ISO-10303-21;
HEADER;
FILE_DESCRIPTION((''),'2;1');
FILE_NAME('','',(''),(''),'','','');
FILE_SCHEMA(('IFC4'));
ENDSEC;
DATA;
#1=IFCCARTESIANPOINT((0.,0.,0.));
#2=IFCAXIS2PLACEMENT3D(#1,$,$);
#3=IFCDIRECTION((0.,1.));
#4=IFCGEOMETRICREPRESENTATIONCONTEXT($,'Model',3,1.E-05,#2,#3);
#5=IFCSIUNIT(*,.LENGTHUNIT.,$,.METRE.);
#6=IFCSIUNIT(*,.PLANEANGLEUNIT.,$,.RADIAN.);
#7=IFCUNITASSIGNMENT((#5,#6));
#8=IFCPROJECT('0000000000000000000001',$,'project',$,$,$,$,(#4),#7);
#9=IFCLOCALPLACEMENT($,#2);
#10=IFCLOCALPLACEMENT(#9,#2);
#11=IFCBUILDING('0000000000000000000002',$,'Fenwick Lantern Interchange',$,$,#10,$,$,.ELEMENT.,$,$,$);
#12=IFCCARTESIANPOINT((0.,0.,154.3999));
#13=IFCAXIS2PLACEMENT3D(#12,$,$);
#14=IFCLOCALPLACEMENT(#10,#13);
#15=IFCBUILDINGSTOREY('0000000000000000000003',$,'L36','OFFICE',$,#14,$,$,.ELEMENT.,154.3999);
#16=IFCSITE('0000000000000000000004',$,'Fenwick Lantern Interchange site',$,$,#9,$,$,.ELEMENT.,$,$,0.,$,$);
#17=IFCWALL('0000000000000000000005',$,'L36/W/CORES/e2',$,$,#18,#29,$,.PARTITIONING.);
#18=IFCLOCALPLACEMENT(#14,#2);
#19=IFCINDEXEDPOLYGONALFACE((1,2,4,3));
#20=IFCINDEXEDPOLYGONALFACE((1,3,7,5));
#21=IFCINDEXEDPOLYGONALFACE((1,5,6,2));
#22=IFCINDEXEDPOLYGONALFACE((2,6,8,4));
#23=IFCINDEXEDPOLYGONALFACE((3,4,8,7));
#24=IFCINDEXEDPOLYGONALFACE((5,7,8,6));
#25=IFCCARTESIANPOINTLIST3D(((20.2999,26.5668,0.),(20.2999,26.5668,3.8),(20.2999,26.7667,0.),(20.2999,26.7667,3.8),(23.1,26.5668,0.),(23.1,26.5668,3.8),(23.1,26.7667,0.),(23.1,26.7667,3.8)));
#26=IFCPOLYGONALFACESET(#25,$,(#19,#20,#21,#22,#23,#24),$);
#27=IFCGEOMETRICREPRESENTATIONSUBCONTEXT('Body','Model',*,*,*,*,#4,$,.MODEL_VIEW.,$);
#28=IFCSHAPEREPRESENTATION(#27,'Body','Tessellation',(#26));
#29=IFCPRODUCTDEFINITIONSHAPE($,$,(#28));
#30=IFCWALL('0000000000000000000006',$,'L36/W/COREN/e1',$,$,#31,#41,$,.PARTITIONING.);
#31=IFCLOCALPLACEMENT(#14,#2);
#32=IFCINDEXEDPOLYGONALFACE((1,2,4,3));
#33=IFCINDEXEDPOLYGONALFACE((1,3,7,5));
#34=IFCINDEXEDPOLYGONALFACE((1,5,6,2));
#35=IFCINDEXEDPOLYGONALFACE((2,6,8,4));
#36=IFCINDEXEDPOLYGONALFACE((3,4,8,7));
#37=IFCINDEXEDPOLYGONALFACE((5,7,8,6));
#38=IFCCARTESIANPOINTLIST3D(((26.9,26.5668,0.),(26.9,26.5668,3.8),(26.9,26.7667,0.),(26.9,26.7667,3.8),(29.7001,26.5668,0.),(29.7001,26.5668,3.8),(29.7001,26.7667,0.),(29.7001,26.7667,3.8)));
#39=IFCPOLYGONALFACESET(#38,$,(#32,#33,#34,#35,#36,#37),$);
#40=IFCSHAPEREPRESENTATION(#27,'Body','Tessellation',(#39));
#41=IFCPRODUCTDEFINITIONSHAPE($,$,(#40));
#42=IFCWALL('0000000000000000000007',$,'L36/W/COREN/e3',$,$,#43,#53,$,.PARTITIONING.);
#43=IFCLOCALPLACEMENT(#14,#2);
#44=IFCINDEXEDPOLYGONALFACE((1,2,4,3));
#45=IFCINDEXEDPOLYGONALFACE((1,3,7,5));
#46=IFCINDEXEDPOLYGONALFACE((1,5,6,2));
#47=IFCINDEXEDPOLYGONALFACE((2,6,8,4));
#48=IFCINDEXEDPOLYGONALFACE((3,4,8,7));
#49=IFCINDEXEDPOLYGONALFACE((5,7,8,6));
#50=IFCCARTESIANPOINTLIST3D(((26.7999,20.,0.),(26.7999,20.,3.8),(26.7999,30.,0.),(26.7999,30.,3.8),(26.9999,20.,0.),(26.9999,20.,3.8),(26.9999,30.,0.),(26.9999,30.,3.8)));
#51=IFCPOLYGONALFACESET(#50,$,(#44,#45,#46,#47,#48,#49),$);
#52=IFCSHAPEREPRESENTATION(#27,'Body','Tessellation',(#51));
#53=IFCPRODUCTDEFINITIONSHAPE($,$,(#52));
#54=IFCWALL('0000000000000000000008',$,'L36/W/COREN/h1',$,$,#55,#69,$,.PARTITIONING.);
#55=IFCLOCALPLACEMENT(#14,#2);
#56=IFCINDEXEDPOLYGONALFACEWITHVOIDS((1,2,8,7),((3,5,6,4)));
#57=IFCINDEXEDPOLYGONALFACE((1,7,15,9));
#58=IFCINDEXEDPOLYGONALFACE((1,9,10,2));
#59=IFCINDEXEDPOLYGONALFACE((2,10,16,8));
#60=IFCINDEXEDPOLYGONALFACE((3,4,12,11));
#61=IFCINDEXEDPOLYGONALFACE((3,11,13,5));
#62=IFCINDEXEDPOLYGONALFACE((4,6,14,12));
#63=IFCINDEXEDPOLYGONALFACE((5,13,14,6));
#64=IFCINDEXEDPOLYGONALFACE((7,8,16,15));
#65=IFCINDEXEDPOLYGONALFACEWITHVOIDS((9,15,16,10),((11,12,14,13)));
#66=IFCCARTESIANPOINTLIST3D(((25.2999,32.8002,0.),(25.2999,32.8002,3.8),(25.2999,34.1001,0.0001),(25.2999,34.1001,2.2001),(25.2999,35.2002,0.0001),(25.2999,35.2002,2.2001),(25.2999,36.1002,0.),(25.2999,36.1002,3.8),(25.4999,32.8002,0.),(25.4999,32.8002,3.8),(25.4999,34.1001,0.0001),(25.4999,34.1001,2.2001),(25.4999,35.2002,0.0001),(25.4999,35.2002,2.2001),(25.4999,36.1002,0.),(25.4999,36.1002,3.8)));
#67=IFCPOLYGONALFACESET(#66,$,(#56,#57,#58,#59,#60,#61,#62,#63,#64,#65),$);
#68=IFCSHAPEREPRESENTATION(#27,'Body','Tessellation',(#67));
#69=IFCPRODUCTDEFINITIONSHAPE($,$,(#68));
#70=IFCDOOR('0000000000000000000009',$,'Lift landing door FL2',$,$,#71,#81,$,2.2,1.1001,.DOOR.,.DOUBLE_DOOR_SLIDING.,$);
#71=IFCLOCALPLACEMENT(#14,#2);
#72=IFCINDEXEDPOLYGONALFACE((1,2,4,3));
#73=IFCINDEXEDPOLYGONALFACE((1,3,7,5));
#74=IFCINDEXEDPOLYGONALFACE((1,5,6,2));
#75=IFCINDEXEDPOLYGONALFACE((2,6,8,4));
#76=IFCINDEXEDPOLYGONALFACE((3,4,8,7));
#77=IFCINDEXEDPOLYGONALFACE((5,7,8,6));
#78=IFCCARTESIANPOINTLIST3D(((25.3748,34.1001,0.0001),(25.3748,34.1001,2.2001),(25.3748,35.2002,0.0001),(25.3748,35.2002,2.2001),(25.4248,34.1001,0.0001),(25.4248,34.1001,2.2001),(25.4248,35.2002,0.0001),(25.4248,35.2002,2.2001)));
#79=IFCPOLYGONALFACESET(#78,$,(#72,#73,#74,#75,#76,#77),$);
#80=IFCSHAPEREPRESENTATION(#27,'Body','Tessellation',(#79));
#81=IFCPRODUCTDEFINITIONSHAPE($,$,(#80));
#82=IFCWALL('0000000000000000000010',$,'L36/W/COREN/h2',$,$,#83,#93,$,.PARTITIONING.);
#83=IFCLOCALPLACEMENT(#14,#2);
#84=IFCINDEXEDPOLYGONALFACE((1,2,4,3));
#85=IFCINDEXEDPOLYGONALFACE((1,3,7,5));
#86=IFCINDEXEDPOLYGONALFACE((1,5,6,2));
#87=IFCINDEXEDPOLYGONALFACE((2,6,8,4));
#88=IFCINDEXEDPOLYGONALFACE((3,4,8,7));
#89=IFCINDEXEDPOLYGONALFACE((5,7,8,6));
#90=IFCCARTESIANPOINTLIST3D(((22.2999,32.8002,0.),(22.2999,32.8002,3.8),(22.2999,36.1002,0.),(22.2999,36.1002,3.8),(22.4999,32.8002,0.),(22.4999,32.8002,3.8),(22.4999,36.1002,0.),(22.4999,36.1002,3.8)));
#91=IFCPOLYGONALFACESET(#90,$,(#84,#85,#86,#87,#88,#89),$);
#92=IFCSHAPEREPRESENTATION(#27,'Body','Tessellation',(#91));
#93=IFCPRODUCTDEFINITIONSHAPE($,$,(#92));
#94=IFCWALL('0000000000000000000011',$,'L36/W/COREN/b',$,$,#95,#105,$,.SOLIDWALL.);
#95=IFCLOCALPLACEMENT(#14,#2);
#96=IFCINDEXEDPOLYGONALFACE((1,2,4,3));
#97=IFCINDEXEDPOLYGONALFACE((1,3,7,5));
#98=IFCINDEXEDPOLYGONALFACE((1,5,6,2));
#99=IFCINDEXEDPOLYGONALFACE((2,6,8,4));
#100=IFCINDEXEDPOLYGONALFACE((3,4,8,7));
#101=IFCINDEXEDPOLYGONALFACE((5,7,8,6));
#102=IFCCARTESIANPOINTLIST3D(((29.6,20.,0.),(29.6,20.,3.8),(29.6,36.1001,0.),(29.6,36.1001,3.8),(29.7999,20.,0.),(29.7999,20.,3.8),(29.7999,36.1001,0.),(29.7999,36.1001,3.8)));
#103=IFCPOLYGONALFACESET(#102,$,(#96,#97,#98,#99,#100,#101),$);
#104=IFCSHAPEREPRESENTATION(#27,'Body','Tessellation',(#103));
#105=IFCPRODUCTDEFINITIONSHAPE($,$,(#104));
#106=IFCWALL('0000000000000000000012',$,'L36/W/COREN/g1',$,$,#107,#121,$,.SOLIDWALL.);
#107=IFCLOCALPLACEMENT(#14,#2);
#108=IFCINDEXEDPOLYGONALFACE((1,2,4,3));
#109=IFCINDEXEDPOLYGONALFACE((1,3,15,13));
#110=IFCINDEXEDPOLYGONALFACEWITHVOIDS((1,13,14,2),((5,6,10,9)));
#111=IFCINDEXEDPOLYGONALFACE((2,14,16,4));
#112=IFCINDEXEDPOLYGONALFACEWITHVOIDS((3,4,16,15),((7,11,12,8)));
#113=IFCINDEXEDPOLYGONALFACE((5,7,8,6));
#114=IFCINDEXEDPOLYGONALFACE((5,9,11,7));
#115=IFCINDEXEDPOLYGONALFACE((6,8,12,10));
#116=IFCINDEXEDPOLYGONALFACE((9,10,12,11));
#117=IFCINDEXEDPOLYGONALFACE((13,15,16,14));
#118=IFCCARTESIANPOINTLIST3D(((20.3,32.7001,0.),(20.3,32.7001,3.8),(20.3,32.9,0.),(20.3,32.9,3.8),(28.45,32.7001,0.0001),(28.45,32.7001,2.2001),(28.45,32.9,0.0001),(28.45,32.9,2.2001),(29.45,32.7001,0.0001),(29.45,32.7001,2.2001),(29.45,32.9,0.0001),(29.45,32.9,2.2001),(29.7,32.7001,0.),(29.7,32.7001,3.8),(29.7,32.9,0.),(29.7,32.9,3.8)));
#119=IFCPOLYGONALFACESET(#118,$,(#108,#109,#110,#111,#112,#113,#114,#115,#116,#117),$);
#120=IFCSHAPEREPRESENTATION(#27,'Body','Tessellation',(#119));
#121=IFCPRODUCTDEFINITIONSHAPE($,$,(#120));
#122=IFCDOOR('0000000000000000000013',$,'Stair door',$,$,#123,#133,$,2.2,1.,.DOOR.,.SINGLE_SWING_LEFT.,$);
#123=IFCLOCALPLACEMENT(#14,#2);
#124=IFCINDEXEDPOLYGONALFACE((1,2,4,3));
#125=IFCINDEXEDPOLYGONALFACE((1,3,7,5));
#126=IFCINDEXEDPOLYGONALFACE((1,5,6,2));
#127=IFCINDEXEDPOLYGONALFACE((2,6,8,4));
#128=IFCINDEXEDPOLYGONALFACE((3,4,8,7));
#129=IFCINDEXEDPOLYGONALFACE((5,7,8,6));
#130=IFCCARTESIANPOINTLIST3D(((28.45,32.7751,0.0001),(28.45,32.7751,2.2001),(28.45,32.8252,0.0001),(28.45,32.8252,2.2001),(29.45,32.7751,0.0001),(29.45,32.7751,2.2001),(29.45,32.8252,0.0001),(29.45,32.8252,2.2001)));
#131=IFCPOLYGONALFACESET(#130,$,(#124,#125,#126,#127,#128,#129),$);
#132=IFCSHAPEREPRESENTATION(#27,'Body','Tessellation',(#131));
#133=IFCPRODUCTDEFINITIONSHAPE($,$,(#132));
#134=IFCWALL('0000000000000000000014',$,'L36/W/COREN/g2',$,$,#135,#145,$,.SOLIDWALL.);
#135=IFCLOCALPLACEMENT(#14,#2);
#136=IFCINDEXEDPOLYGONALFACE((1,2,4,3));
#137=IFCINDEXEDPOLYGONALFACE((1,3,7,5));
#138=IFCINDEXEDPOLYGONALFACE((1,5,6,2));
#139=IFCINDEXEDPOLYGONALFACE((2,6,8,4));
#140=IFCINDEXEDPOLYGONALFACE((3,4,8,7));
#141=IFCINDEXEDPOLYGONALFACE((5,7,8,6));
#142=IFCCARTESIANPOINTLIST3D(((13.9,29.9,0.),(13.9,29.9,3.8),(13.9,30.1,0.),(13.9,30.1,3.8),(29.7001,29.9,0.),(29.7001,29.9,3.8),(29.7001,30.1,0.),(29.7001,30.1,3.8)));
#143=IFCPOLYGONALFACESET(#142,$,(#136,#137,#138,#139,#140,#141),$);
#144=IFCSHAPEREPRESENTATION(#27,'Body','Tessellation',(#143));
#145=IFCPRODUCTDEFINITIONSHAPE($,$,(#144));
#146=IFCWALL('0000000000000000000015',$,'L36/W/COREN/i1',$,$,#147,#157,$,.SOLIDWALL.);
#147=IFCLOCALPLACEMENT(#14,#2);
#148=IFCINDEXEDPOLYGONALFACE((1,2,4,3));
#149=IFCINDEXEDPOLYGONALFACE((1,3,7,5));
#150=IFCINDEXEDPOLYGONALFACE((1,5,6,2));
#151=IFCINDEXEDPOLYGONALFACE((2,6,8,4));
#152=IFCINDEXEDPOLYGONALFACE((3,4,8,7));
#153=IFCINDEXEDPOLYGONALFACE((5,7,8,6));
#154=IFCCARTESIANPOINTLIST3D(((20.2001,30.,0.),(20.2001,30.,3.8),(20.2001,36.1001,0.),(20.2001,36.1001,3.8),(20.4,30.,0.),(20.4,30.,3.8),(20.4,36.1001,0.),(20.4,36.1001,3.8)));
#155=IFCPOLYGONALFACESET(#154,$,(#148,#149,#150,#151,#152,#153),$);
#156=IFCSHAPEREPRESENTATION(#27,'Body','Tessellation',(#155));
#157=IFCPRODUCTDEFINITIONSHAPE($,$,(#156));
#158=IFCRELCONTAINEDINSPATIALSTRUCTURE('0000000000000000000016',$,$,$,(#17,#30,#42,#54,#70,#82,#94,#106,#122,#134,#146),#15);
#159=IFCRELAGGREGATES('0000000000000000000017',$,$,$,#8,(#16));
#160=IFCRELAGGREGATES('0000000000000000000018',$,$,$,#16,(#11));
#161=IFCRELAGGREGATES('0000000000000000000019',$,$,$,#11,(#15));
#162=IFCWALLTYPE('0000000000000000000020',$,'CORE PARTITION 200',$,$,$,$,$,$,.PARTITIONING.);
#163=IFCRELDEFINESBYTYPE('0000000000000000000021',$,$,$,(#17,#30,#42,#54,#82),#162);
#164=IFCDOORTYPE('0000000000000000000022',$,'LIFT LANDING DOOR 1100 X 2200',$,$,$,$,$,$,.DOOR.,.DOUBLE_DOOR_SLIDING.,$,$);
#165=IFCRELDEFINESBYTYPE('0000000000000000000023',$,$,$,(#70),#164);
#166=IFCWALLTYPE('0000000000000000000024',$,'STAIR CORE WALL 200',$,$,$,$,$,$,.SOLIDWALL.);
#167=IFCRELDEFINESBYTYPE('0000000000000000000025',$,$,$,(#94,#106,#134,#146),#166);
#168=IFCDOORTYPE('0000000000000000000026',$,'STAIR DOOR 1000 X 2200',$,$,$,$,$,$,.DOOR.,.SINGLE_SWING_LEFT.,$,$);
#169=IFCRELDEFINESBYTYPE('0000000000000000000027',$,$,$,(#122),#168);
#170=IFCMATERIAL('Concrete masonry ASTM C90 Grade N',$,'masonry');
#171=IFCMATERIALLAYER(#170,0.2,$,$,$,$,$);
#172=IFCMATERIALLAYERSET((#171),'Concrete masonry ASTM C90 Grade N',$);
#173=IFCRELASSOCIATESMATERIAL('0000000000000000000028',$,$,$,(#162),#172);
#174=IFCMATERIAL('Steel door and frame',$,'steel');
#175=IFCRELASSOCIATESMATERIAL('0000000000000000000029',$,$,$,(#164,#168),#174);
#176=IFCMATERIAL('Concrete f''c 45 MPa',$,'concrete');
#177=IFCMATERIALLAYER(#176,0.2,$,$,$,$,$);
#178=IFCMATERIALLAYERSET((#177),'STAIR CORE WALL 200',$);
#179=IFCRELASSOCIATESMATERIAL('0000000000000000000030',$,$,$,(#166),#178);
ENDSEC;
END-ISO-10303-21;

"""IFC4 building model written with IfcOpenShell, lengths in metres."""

from ifc_helpers import new_model, si_unit, direction, frame, frame_2d, origin, place, context, subcontext, project, spatial, rectangle, extrude, material, layer, layer_set, type_object, element, fill, save


model = new_model("IFC4")

# Units and contexts
model_context = context("Model", 3, precision=1e-05, world=origin(), true_north=direction((0.0, 1.0)))
body_context = subcontext(model_context, "Body", "Model", "MODEL_VIEW")
ifc_project = project(units=[si_unit("LENGTHUNIT", "METRE"), si_unit("PLANEANGLEUNIT", "RADIAN")], contexts=[model_context])

# Site, building, storey
site_placement = place(None, origin())
site = spatial("IfcSite", under=ifc_project, at=site_placement, Name="Fenwick Lantern Interchange site", CompositionType="ELEMENT", RefElevation=0.0)
building_placement = place(site_placement, origin())
building = spatial("IfcBuilding", under=site, at=building_placement, Name="Fenwick Lantern Interchange", CompositionType="ELEMENT")
storey_placement = place(building_placement, frame((0.0, 0.0, 154.3999)))
storey = spatial("IfcBuildingStorey", under=building, at=storey_placement, Name="L36", Description="OFFICE", CompositionType="ELEMENT", Elevation=154.3999)

# Walls
ifc_material_1 = material(Name="Concrete masonry ASTM C90 Grade N", Category="masonry")
ifc_layer_1 = layer(ifc_material_1, 0.2)
ifc_layer_set_1 = layer_set([ifc_layer_1], Name="Concrete masonry ASTM C90 Grade N")
wall_type_1 = type_object("IfcWallType", Name="CORE PARTITION 200", PredefinedType="PARTITIONING", material=ifc_layer_set_1)
for number, where, z_axis, x_axis, name in (
    (1, (20.3, 26.6667, 0.0), (0.0, 0.0, 1.0), (1.0, 0.0, 0.0), "L36/W/CORES/e2"),
    (2, (29.7, 26.6667, 0.0), (0.0, 0.0, 1.0), (-1.0, 0.0, 0.0), "L36/W/COREN/e1"),
):
    element("IfcWall", number, at=place(storey_placement, frame(where, z_axis=z_axis, x_axis=x_axis)), inside=storey, type_object=wall_type_1, Name=name, PredefinedType="PARTITIONING", context=body_context, shape_type="SweptSolid", body=[
        extrude(rectangle(XDim=2.8, YDim=0.2, at=frame_2d((1.3999, 0.0))), origin(), (0.0, 0.0, 1.0), 3.8),
    ])
wall_1_placement = place(storey_placement, frame((26.8999, 30.0, 0.0), z_axis=(0.0, 0.0, 1.0), x_axis=(0.0, -1.0, 0.0)))
element("IfcWall", 3, at=wall_1_placement, inside=storey, type_object=wall_type_1, Name="L36/W/COREN/e3", PredefinedType="PARTITIONING", context=body_context, shape_type="SweptSolid", body=[
    extrude(rectangle(XDim=10.0, YDim=0.2, at=frame_2d((5.0, 0.0))), origin(), (0.0, 0.0, 1.0), 3.8),
])

# Wall, opening, door
wall_2_placement = place(storey_placement, frame((25.3999, 36.1001, 0.0), z_axis=(0.0, 0.0, 1.0), x_axis=(0.0, -1.0, 0.0)))
wall_2 = element("IfcWall", 4, at=wall_2_placement, inside=storey, type_object=wall_type_1, Name="L36/W/COREN/h1", PredefinedType="PARTITIONING", context=body_context, shape_type="SweptSolid", body=[
    extrude(rectangle(XDim=3.3, YDim=0.2, at=frame_2d((1.6499, 0.0))), origin(), (0.0, 0.0, 1.0), 3.8),
])
opening_1_placement = place(wall_2_placement, frame((0.8999, 0.0, 0.0)))
opening_1 = element("IfcOpeningElement", 5, at=opening_1_placement, cuts=wall_2, PredefinedType="OPENING", context=body_context, shape_type="SweptSolid", body=[
    extrude(rectangle(XDim=1.1001, YDim=2.2, at=frame_2d((0.55, 1.1001))), frame((0.0, 0.1099, 0.0), z_axis=(0.0, -1.0, 0.0), x_axis=(1.0, 0.0, 0.0)), (0.0, 0.0, 1.0), 0.22),
])
ifc_material_2 = material(Name="Steel door and frame", Category="steel")
door_type_1 = type_object("IfcDoorType", Name="LIFT LANDING DOOR 1100 X 2200", OperationType="DOUBLE_DOOR_SLIDING", PredefinedType="DOOR", material=ifc_material_2)
door_1_placement = place(opening_1_placement, origin())
door_1 = element("IfcDoor", 6, at=door_1_placement, inside=storey, type_object=door_type_1, Name="Lift landing door FL2", OperationType="DOUBLE_DOOR_SLIDING", OverallHeight=2.2, OverallWidth=1.1001, PredefinedType="DOOR", context=body_context, shape_type="SweptSolid", body=[
    extrude(rectangle(XDim=1.1001, YDim=2.2, at=frame_2d((0.55, 1.1001))), frame((0.0, 0.0249, 0.0), z_axis=(0.0, -1.0, 0.0), x_axis=(1.0, 0.0, 0.0)), (0.0, 0.0, 1.0), 0.05),
])
fill(opening_1, door_1)

# Walls
wall_3_placement = place(storey_placement, frame((22.3999, 36.1001, 0.0), z_axis=(0.0, 0.0, 1.0), x_axis=(0.0, -1.0, 0.0)))
element("IfcWall", 7, at=wall_3_placement, inside=storey, type_object=wall_type_1, Name="L36/W/COREN/h2", PredefinedType="PARTITIONING", context=body_context, shape_type="SweptSolid", body=[
    extrude(rectangle(XDim=3.3, YDim=0.2, at=frame_2d((1.6499, 0.0))), origin(), (0.0, 0.0, 1.0), 3.8),
])
ifc_material_3 = material(Name="Concrete f'c 45 MPa", Category="concrete")
ifc_layer_2 = layer(ifc_material_3, 0.2)
ifc_layer_set_2 = layer_set([ifc_layer_2], Name="STAIR CORE WALL 200")
wall_type_2 = type_object("IfcWallType", Name="STAIR CORE WALL 200", PredefinedType="SOLIDWALL", material=ifc_layer_set_2)
wall_4_placement = place(storey_placement, frame((29.7, 36.1001, 0.0), z_axis=(0.0, 0.0, 1.0), x_axis=(0.0, -1.0, 0.0)))
element("IfcWall", 8, at=wall_4_placement, inside=storey, type_object=wall_type_2, Name="L36/W/COREN/b", PredefinedType="SOLIDWALL", context=body_context, shape_type="SweptSolid", body=[
    extrude(rectangle(XDim=16.1001, YDim=0.2, at=frame_2d((8.05, 0.0))), origin(), (0.0, 0.0, 1.0), 3.8),
])

# Wall, opening, door
wall_5_placement = place(storey_placement, frame((29.7, 32.8, 0.0), z_axis=(0.0, 0.0, 1.0), x_axis=(-1.0, 0.0, 0.0)))
wall_5 = element("IfcWall", 9, at=wall_5_placement, inside=storey, type_object=wall_type_2, Name="L36/W/COREN/g1", PredefinedType="SOLIDWALL", context=body_context, shape_type="SweptSolid", body=[
    extrude(rectangle(XDim=9.3999, YDim=0.2, at=frame_2d((4.7, 0.0))), origin(), (0.0, 0.0, 1.0), 3.8),
])
opening_2_placement = place(wall_5_placement, frame((0.25, 0.0, 0.0)))
opening_2 = element("IfcOpeningElement", 10, at=opening_2_placement, cuts=wall_5, PredefinedType="OPENING", context=body_context, shape_type="SweptSolid", body=[
    extrude(rectangle(XDim=1.0, YDim=2.2, at=frame_2d((0.5, 1.1001))), frame((0.0, 0.1099, 0.0), z_axis=(0.0, -1.0, 0.0), x_axis=(1.0, 0.0, 0.0)), (0.0, 0.0, 1.0), 0.22),
])
door_type_2 = type_object("IfcDoorType", Name="STAIR DOOR 1000 X 2200", OperationType="SINGLE_SWING_LEFT", PredefinedType="DOOR", material=ifc_material_2)
door_2_placement = place(opening_2_placement, origin())
door_2 = element("IfcDoor", 11, at=door_2_placement, inside=storey, type_object=door_type_2, Name="Stair door", OperationType="SINGLE_SWING_LEFT", OverallHeight=2.2, OverallWidth=1.0, PredefinedType="DOOR", context=body_context, shape_type="SweptSolid", body=[
    extrude(rectangle(XDim=1.0, YDim=2.2, at=frame_2d((0.5, 1.1001))), frame((0.0, 0.0249, 0.0), z_axis=(0.0, -1.0, 0.0), x_axis=(1.0, 0.0, 0.0)), (0.0, 0.0, 1.0), 0.05),
])
fill(opening_2, door_2)

# Walls
wall_6_placement = place(storey_placement, frame((29.7, 30.0, 0.0), z_axis=(0.0, 0.0, 1.0), x_axis=(-1.0, 0.0, 0.0)))
element("IfcWall", 12, at=wall_6_placement, inside=storey, type_object=wall_type_2, Name="L36/W/COREN/g2", PredefinedType="SOLIDWALL", context=body_context, shape_type="SweptSolid", body=[
    extrude(rectangle(XDim=15.8, YDim=0.2, at=frame_2d((7.8999, 0.0))), origin(), (0.0, 0.0, 1.0), 3.8),
])
wall_7_placement = place(storey_placement, frame((20.3, 36.1001, 0.0), z_axis=(0.0, 0.0, 1.0), x_axis=(0.0, -1.0, 0.0)))
element("IfcWall", 13, at=wall_7_placement, inside=storey, type_object=wall_type_2, Name="L36/W/COREN/i1", PredefinedType="SOLIDWALL", context=body_context, shape_type="SweptSolid", body=[
    extrude(rectangle(XDim=6.1001, YDim=0.2, at=frame_2d((3.05, 0.0))), origin(), (0.0, 0.0, 1.0), 3.8),
])

save(model, "model.ifc")
